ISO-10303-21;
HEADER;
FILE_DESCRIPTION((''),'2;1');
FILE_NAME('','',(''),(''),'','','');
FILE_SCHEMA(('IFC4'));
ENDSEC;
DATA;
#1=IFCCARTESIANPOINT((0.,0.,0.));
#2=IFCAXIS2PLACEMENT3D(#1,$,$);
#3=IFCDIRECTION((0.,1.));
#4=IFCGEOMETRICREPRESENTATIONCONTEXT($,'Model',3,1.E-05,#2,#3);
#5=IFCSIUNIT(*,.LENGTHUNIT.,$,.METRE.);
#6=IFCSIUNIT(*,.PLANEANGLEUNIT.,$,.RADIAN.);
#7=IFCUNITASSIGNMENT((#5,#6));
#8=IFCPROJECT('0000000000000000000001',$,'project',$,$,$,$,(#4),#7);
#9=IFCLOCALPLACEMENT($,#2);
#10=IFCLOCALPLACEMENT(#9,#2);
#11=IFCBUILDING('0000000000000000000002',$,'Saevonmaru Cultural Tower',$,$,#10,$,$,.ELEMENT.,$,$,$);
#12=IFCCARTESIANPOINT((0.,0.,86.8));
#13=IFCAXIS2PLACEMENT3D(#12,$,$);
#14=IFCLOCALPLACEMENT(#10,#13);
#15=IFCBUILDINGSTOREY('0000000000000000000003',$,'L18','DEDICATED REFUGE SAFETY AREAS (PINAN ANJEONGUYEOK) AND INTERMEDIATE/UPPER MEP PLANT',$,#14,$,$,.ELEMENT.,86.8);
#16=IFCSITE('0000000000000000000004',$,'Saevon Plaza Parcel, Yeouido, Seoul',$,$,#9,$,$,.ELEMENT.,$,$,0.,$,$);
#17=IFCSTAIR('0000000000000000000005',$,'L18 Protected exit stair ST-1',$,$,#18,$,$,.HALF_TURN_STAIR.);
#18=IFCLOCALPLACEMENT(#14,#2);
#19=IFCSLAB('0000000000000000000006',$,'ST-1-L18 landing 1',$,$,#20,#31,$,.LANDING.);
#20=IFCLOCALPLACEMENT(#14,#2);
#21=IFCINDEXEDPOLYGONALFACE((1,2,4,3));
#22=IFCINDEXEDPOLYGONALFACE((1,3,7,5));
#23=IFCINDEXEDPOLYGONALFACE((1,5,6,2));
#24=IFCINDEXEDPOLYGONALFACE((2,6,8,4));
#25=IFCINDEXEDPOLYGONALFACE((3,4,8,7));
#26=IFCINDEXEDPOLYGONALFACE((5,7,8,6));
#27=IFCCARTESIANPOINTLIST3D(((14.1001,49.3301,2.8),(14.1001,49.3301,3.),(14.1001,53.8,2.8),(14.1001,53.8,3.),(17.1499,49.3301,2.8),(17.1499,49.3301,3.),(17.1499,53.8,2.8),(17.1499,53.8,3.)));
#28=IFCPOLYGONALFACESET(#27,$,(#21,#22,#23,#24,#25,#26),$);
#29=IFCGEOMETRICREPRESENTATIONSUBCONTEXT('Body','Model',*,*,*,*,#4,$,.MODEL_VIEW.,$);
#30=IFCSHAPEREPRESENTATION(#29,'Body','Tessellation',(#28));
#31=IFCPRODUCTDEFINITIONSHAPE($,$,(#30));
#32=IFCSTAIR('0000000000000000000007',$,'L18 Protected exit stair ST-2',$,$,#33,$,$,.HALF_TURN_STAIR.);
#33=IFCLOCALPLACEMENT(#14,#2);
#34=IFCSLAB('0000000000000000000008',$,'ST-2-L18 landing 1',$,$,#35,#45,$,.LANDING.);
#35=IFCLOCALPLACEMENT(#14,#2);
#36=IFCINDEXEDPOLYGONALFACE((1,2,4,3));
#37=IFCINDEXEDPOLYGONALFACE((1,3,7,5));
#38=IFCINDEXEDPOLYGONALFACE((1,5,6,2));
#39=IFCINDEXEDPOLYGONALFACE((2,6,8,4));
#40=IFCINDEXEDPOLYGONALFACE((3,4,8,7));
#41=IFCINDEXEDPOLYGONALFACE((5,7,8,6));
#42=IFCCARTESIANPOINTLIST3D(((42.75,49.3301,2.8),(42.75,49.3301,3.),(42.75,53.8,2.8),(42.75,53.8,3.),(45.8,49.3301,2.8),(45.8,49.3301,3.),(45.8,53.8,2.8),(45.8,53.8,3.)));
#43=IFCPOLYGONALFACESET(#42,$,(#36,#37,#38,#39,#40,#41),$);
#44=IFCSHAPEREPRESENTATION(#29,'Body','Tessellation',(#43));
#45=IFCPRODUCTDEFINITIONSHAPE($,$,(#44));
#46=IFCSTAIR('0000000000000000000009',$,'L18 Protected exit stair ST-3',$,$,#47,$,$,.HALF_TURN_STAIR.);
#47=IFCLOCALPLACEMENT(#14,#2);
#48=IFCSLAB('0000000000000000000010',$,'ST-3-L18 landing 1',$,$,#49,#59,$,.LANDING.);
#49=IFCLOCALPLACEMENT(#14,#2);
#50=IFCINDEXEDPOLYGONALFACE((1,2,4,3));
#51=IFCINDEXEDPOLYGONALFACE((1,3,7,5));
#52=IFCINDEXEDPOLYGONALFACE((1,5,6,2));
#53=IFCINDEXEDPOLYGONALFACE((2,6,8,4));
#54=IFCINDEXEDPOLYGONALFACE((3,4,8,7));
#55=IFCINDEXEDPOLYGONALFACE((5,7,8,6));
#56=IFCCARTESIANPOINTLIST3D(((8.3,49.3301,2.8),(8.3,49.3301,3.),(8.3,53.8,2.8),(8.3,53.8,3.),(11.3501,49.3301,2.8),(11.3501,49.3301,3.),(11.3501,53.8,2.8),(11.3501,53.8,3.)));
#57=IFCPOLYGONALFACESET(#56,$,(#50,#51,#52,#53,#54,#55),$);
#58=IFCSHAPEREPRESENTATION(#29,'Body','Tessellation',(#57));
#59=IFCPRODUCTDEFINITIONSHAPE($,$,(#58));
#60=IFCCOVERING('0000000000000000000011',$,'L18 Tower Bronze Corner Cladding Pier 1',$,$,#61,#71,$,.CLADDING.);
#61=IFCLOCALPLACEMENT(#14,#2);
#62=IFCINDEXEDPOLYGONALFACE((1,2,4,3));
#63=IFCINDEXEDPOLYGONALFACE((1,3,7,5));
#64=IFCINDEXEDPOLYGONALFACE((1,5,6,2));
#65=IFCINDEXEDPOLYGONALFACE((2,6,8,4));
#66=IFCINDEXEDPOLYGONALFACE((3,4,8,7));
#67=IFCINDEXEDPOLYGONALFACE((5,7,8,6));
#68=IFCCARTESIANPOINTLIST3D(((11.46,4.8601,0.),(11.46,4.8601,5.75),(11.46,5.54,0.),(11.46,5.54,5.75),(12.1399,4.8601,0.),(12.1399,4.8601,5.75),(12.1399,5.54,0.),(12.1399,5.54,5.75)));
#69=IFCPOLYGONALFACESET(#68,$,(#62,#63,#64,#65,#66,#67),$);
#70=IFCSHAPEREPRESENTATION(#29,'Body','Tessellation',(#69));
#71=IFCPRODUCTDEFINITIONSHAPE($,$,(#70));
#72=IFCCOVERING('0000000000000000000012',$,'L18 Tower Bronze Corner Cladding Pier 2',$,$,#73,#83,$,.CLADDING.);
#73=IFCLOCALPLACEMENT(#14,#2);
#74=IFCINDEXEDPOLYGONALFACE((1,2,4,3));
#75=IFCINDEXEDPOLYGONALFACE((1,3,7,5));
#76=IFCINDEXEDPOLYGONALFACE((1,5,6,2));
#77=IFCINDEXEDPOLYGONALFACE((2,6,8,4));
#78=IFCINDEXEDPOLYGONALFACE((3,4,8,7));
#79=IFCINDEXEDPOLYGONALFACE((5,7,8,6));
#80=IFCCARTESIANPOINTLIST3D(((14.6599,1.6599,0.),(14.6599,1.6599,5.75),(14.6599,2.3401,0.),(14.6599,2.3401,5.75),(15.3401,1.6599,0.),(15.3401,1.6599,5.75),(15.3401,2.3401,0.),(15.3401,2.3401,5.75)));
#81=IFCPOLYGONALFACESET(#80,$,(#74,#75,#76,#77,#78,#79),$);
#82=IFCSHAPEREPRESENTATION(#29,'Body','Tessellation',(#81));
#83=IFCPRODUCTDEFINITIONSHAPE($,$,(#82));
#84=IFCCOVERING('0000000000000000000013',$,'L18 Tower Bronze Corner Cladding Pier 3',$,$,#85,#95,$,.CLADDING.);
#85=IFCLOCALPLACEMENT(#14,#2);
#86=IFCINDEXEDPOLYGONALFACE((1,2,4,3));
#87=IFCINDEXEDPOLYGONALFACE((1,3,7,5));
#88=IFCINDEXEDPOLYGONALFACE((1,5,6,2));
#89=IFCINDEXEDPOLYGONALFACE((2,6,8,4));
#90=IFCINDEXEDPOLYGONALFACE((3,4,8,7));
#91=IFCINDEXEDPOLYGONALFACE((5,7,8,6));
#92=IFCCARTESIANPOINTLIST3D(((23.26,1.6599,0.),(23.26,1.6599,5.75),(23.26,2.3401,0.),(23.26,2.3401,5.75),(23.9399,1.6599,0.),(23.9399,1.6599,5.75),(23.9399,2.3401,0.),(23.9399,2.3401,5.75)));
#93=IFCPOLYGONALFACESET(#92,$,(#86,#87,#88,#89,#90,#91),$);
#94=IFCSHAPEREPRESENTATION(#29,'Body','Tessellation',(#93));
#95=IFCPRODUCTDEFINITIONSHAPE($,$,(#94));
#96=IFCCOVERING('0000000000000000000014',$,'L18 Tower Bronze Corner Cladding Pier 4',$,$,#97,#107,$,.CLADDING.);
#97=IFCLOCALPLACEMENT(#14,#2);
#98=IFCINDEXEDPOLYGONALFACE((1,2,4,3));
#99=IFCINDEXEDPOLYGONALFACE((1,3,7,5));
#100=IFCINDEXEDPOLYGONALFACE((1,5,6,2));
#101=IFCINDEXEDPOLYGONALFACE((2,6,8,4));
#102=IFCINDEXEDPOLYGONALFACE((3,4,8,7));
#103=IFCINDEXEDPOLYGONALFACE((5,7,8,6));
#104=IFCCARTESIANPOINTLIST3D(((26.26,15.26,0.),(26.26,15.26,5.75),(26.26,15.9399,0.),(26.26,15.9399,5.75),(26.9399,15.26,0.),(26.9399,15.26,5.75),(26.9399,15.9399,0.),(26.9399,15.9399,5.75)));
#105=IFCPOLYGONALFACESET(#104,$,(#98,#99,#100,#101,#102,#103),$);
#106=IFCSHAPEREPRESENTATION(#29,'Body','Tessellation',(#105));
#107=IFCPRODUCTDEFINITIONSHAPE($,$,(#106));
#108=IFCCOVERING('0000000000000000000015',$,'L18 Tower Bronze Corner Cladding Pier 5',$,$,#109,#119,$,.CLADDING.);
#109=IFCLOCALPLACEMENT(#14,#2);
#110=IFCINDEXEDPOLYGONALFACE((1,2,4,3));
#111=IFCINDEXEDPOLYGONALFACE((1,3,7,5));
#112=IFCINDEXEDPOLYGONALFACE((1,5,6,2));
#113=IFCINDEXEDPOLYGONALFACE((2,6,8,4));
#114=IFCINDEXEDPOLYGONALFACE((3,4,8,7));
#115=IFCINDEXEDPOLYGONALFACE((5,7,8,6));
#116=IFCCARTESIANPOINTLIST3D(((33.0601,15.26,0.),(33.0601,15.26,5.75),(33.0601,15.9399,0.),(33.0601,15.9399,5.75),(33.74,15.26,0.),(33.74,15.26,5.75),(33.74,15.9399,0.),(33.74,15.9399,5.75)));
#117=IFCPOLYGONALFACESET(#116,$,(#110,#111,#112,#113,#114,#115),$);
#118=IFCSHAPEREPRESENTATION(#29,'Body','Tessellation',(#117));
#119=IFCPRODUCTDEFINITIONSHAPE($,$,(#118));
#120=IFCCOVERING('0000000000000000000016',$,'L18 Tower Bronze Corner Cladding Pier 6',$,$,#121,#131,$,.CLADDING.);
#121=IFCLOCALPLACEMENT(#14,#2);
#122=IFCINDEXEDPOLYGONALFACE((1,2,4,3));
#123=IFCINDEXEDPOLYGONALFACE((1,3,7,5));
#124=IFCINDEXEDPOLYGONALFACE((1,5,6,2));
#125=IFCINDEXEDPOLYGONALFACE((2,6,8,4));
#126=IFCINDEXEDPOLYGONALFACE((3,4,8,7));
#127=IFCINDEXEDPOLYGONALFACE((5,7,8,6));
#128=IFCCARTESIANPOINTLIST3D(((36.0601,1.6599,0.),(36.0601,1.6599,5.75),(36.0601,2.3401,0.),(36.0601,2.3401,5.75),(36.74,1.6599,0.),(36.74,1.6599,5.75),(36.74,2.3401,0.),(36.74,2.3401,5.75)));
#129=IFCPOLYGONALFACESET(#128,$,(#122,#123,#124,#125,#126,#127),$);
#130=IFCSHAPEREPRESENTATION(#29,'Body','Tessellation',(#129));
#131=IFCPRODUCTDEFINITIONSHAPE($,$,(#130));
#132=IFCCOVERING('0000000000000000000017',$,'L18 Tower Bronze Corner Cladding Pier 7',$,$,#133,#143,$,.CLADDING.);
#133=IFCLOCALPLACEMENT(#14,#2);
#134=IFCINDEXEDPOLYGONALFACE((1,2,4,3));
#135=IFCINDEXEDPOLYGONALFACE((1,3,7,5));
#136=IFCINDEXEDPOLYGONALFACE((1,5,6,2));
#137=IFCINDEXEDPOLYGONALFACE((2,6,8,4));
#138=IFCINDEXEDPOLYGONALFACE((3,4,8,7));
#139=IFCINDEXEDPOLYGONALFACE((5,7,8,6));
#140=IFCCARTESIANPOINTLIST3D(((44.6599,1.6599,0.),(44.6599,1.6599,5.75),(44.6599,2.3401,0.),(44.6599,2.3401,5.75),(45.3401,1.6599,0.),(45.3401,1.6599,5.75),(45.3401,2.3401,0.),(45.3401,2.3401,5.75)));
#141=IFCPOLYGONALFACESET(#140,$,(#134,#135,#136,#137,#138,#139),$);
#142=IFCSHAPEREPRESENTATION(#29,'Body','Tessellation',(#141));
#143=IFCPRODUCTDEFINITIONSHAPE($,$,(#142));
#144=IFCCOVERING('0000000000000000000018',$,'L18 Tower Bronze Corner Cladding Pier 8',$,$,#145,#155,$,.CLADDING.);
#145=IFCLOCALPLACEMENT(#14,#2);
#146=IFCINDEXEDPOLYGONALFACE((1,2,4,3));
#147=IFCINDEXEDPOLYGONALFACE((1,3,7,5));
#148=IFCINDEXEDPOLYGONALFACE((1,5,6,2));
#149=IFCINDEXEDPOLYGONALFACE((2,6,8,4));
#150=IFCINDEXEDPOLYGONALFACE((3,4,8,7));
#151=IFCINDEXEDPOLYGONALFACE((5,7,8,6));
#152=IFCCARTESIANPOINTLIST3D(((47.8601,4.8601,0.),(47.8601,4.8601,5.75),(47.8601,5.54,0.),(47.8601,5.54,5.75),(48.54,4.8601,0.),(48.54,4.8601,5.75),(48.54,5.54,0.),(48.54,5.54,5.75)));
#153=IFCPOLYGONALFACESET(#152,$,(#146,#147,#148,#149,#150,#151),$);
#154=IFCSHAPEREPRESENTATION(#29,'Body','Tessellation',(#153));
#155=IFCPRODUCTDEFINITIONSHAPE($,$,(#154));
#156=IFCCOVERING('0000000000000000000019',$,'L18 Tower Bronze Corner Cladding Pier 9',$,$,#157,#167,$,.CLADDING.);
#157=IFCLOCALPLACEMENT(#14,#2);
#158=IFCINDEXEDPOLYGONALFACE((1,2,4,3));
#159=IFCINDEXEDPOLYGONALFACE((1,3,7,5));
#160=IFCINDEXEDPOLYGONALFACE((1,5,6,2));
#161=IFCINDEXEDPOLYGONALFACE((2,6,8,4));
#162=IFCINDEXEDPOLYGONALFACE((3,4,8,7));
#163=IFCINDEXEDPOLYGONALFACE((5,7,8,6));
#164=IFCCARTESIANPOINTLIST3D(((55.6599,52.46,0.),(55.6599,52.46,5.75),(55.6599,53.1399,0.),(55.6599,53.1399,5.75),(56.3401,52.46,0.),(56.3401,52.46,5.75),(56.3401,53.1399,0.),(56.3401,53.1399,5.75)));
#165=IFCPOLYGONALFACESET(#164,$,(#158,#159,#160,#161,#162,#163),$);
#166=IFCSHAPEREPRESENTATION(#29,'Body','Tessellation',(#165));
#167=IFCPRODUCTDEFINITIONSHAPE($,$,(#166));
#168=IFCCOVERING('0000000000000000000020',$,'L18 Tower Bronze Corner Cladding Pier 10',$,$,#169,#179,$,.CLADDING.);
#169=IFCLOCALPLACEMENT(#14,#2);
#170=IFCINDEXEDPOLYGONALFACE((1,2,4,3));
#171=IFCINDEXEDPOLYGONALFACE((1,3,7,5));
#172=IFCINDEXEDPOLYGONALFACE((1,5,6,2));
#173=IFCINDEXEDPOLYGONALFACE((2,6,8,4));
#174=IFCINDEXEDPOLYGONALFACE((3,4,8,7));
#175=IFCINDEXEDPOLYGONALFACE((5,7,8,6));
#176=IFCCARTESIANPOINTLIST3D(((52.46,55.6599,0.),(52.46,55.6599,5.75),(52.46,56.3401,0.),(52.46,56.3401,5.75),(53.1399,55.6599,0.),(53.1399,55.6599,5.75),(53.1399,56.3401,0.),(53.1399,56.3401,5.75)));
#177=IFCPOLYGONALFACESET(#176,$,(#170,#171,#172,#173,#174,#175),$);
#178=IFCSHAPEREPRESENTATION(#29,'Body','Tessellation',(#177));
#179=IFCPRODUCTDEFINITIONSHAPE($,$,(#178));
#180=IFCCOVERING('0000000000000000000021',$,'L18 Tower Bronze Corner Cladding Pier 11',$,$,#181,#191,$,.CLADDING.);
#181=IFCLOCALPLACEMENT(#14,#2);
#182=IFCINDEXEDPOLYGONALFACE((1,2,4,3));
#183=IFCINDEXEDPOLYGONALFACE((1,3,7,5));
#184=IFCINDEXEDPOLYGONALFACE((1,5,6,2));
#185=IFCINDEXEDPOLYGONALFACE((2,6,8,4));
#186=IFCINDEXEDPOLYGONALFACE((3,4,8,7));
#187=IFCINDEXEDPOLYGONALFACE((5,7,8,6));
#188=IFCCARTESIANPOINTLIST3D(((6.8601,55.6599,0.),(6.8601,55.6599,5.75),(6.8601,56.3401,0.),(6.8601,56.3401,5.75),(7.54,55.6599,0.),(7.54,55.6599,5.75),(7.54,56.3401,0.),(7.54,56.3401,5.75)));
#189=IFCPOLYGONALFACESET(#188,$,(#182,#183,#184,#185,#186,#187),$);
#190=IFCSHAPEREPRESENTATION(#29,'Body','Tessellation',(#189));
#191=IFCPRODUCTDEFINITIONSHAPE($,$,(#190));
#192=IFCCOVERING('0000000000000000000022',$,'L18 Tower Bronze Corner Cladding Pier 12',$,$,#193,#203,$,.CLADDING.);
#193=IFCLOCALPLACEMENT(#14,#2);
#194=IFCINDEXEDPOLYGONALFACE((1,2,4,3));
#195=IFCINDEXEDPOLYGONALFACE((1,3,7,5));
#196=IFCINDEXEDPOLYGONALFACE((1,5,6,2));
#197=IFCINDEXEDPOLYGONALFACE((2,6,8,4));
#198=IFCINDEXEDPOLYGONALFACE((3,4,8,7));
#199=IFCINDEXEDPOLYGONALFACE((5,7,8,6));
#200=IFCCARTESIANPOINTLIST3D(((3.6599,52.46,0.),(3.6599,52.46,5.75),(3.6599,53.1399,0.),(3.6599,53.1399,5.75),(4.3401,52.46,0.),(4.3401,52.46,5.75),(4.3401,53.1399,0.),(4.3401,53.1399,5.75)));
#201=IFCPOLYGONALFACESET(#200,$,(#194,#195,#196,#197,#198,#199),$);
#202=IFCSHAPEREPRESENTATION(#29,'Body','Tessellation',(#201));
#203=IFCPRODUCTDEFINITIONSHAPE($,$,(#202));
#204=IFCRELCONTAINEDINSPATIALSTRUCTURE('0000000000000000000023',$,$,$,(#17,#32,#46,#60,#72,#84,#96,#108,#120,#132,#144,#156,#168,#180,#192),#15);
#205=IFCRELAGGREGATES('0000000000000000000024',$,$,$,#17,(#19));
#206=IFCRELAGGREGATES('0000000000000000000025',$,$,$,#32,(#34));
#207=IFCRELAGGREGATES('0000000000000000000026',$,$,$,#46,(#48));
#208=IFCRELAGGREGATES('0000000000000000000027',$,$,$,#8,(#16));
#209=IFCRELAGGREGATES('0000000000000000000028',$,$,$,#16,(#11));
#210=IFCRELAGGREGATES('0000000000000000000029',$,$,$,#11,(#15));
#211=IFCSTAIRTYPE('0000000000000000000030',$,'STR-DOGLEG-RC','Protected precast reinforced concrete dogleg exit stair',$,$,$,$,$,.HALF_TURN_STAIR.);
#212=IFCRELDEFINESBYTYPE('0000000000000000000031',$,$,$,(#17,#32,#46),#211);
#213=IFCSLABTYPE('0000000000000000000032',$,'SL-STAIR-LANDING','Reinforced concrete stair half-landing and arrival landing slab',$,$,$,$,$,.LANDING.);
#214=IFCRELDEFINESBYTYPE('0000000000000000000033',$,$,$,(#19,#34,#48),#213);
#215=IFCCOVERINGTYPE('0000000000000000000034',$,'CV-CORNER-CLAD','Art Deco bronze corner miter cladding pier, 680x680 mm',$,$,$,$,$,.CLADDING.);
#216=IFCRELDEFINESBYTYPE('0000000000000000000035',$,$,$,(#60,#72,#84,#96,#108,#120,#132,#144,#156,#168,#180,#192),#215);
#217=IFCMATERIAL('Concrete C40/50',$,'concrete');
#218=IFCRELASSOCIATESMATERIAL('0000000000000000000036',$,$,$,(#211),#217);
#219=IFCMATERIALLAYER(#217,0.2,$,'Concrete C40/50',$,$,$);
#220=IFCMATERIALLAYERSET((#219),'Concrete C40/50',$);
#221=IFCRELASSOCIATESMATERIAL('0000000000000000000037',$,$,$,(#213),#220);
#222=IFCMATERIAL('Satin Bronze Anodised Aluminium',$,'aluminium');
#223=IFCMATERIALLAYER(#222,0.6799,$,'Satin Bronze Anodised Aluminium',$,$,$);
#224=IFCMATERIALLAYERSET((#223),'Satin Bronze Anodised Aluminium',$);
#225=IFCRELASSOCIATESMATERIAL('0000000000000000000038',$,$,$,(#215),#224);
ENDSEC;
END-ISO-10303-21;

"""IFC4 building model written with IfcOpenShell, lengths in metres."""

from ifc_helpers import new_model, si_unit, direction, frame, origin, place, context, subcontext, project, spatial, polyline, outline, extrude, material, layer, layer_set, type_object, element, aggregate, save


model = new_model("IFC4")

# Units and contexts
model_context = context("Model", 3, precision=1e-05, world=origin(), true_north=direction((0.0, 1.0)))
body_context = subcontext(model_context, "Body", "Model", "MODEL_VIEW")
ifc_project = project(units=[si_unit("LENGTHUNIT", "METRE"), si_unit("PLANEANGLEUNIT", "RADIAN")], contexts=[model_context])

# Site, building, storey
site_placement = place(None, origin())
site = spatial("IfcSite", under=ifc_project, at=site_placement, Name="Saevon Plaza Parcel, Yeouido, Seoul", CompositionType="ELEMENT", RefElevation=0.0)
building_placement = place(site_placement, origin())
building = spatial("IfcBuilding", under=site, at=building_placement, Name="Saevonmaru Cultural Tower", CompositionType="ELEMENT")
storey_placement = place(building_placement, frame((0.0, 0.0, 86.8)))
storey = spatial("IfcBuildingStorey", under=building, at=storey_placement, Name="L18", Description="DEDICATED REFUGE SAFETY AREAS (PINAN ANJEONGUYEOK) AND INTERMEDIATE/UPPER MEP PLANT", CompositionType="ELEMENT", Elevation=86.8)

# Shared definitions
ifc_material_1 = material(Name="Satin Bronze Anodised Aluminium", Category="aluminium")

# Stairs, slabs
ifc_material_2 = material(Name="Concrete C40/50", Category="concrete")
stair_type = type_object("IfcStairType", Name="STR-DOGLEG-RC", Description="Protected precast reinforced concrete dogleg exit stair", PredefinedType="HALF_TURN_STAIR", material=ifc_material_2)
stair_1_placement = place(storey_placement, origin())
stair_1 = element("IfcStair", 1, at=stair_1_placement, inside=storey, type_object=stair_type, Name="L18 Protected exit stair ST-1", PredefinedType="HALF_TURN_STAIR")
ifc_layer_1 = layer(ifc_material_2, 0.2, Name="Concrete C40/50")
ifc_layer_set_1 = layer_set([ifc_layer_1], Name="Concrete C40/50")
slab_type_1 = type_object("IfcSlabType", Name="SL-STAIR-LANDING", Description="Reinforced concrete stair half-landing and arrival landing slab", PredefinedType="LANDING", material=ifc_layer_set_1)
slab_1_placement = place(storey_placement, frame((0.0, 0.0, 2.8)))
slab_1 = element("IfcSlab", 2, at=slab_1_placement, type_object=slab_type_1, Name="ST-1-L18 landing 1", PredefinedType="LANDING", context=body_context, shape_type="SweptSolid", body=[
    extrude(outline(polyline([(17.1499, 49.3301), (17.1499, 53.8), (14.1001, 53.8), (14.1001, 49.3301), (17.1499, 49.3301)])), origin(), (0.0, 0.0, 1.0), 0.2),
])
aggregate(stair_1, [slab_1])
stair_2_placement = place(storey_placement, origin())
stair_2 = element("IfcStair", 3, at=stair_2_placement, inside=storey, type_object=stair_type, Name="L18 Protected exit stair ST-2", PredefinedType="HALF_TURN_STAIR")
slab_2_placement = place(storey_placement, frame((0.0, 0.0, 2.8)))
slab_2 = element("IfcSlab", 4, at=slab_2_placement, type_object=slab_type_1, Name="ST-2-L18 landing 1", PredefinedType="LANDING", context=body_context, shape_type="SweptSolid", body=[
    extrude(outline(polyline([(45.8, 49.3301), (45.8, 53.8), (42.75, 53.8), (42.75, 49.3301), (45.8, 49.3301)])), origin(), (0.0, 0.0, 1.0), 0.2),
])
aggregate(stair_2, [slab_2])
stair_3_placement = place(storey_placement, origin())
stair_3 = element("IfcStair", 5, at=stair_3_placement, inside=storey, type_object=stair_type, Name="L18 Protected exit stair ST-3", PredefinedType="HALF_TURN_STAIR")
slab_3_placement = place(storey_placement, frame((0.0, 0.0, 2.8)))
slab_3 = element("IfcSlab", 6, at=slab_3_placement, type_object=slab_type_1, Name="ST-3-L18 landing 1", PredefinedType="LANDING", context=body_context, shape_type="SweptSolid", body=[
    extrude(outline(polyline([(11.3501, 49.3301), (11.3501, 53.8), (8.3, 53.8), (8.3, 49.3301), (11.3501, 49.3301)])), origin(), (0.0, 0.0, 1.0), 0.2),
])
aggregate(stair_3, [slab_3])

# Coverings
ifc_layer_2 = layer(ifc_material_1, 0.6799, Name="Satin Bronze Anodised Aluminium")
ifc_layer_set_2 = layer_set([ifc_layer_2], Name="Satin Bronze Anodised Aluminium")
covering_type = type_object("IfcCoveringType", Name="CV-CORNER-CLAD", Description="Art Deco bronze corner miter cladding pier, 680x680 mm", PredefinedType="CLADDING", material=ifc_layer_set_2)
covering_1_placement = place(storey_placement, origin())
element("IfcCovering", 7, at=covering_1_placement, inside=storey, type_object=covering_type, Name="L18 Tower Bronze Corner Cladding Pier 1", PredefinedType="CLADDING", context=body_context, shape_type="SweptSolid", body=[
    extrude(outline(polyline([(11.46, 4.8601), (12.1399, 4.8601), (12.1399, 5.54), (11.46, 5.54), (11.46, 4.8601)])), origin(), (0.0, 0.0, 1.0), 5.75),
])
covering_2_placement = place(storey_placement, origin())
element("IfcCovering", 8, at=covering_2_placement, inside=storey, type_object=covering_type, Name="L18 Tower Bronze Corner Cladding Pier 2", PredefinedType="CLADDING", context=body_context, shape_type="SweptSolid", body=[
    extrude(outline(polyline([(14.6599, 1.6599), (15.3401, 1.6599), (15.3401, 2.3401), (14.6599, 2.3401), (14.6599, 1.6599)])), origin(), (0.0, 0.0, 1.0), 5.75),
])
covering_3_placement = place(storey_placement, origin())
element("IfcCovering", 9, at=covering_3_placement, inside=storey, type_object=covering_type, Name="L18 Tower Bronze Corner Cladding Pier 3", PredefinedType="CLADDING", context=body_context, shape_type="SweptSolid", body=[
    extrude(outline(polyline([(23.26, 1.6599), (23.9399, 1.6599), (23.9399, 2.3401), (23.26, 2.3401), (23.26, 1.6599)])), origin(), (0.0, 0.0, 1.0), 5.75),
])
covering_4_placement = place(storey_placement, origin())
element("IfcCovering", 10, at=covering_4_placement, inside=storey, type_object=covering_type, Name="L18 Tower Bronze Corner Cladding Pier 4", PredefinedType="CLADDING", context=body_context, shape_type="SweptSolid", body=[
    extrude(outline(polyline([(26.26, 15.26), (26.9399, 15.26), (26.9399, 15.9399), (26.26, 15.9399), (26.26, 15.26)])), origin(), (0.0, 0.0, 1.0), 5.75),
])
covering_5_placement = place(storey_placement, origin())
element("IfcCovering", 11, at=covering_5_placement, inside=storey, type_object=covering_type, Name="L18 Tower Bronze Corner Cladding Pier 5", PredefinedType="CLADDING", context=body_context, shape_type="SweptSolid", body=[
    extrude(outline(polyline([(33.0601, 15.26), (33.74, 15.26), (33.74, 15.9399), (33.0601, 15.9399), (33.0601, 15.26)])), origin(), (0.0, 0.0, 1.0), 5.75),
])
covering_6_placement = place(storey_placement, origin())
element("IfcCovering", 12, at=covering_6_placement, inside=storey, type_object=covering_type, Name="L18 Tower Bronze Corner Cladding Pier 6", PredefinedType="CLADDING", context=body_context, shape_type="SweptSolid", body=[
    extrude(outline(polyline([(36.0601, 1.6599), (36.74, 1.6599), (36.74, 2.3401), (36.0601, 2.3401), (36.0601, 1.6599)])), origin(), (0.0, 0.0, 1.0), 5.75),
])
covering_7_placement = place(storey_placement, origin())
element("IfcCovering", 13, at=covering_7_placement, inside=storey, type_object=covering_type, Name="L18 Tower Bronze Corner Cladding Pier 7", PredefinedType="CLADDING", context=body_context, shape_type="SweptSolid", body=[
    extrude(outline(polyline([(44.6599, 1.6599), (45.3401, 1.6599), (45.3401, 2.3401), (44.6599, 2.3401), (44.6599, 1.6599)])), origin(), (0.0, 0.0, 1.0), 5.75),
])
covering_8_placement = place(storey_placement, origin())
element("IfcCovering", 14, at=covering_8_placement, inside=storey, type_object=covering_type, Name="L18 Tower Bronze Corner Cladding Pier 8", PredefinedType="CLADDING", context=body_context, shape_type="SweptSolid", body=[
    extrude(outline(polyline([(47.8601, 4.8601), (48.54, 4.8601), (48.54, 5.54), (47.8601, 5.54), (47.8601, 4.8601)])), origin(), (0.0, 0.0, 1.0), 5.75),
])
covering_9_placement = place(storey_placement, origin())
element("IfcCovering", 15, at=covering_9_placement, inside=storey, type_object=covering_type, Name="L18 Tower Bronze Corner Cladding Pier 9", PredefinedType="CLADDING", context=body_context, shape_type="SweptSolid", body=[
    extrude(outline(polyline([(55.6599, 52.46), (56.3401, 52.46), (56.3401, 53.1399), (55.6599, 53.1399), (55.6599, 52.46)])), origin(), (0.0, 0.0, 1.0), 5.75),
])
covering_10_placement = place(storey_placement, origin())
element("IfcCovering", 16, at=covering_10_placement, inside=storey, type_object=covering_type, Name="L18 Tower Bronze Corner Cladding Pier 10", PredefinedType="CLADDING", context=body_context, shape_type="SweptSolid", body=[
    extrude(outline(polyline([(52.46, 55.6599), (53.1399, 55.6599), (53.1399, 56.3401), (52.46, 56.3401), (52.46, 55.6599)])), origin(), (0.0, 0.0, 1.0), 5.75),
])
covering_11_placement = place(storey_placement, origin())
element("IfcCovering", 17, at=covering_11_placement, inside=storey, type_object=covering_type, Name="L18 Tower Bronze Corner Cladding Pier 11", PredefinedType="CLADDING", context=body_context, shape_type="SweptSolid", body=[
    extrude(outline(polyline([(6.8601, 55.6599), (7.54, 55.6599), (7.54, 56.3401), (6.8601, 56.3401), (6.8601, 55.6599)])), origin(), (0.0, 0.0, 1.0), 5.75),
])
covering_12_placement = place(storey_placement, origin())
element("IfcCovering", 18, at=covering_12_placement, inside=storey, type_object=covering_type, Name="L18 Tower Bronze Corner Cladding Pier 12", PredefinedType="CLADDING", context=body_context, shape_type="SweptSolid", body=[
    extrude(outline(polyline([(3.6599, 52.46), (4.3401, 52.46), (4.3401, 53.1399), (3.6599, 53.1399), (3.6599, 52.46)])), origin(), (0.0, 0.0, 1.0), 5.75),
])

save(model, "model.ifc")
